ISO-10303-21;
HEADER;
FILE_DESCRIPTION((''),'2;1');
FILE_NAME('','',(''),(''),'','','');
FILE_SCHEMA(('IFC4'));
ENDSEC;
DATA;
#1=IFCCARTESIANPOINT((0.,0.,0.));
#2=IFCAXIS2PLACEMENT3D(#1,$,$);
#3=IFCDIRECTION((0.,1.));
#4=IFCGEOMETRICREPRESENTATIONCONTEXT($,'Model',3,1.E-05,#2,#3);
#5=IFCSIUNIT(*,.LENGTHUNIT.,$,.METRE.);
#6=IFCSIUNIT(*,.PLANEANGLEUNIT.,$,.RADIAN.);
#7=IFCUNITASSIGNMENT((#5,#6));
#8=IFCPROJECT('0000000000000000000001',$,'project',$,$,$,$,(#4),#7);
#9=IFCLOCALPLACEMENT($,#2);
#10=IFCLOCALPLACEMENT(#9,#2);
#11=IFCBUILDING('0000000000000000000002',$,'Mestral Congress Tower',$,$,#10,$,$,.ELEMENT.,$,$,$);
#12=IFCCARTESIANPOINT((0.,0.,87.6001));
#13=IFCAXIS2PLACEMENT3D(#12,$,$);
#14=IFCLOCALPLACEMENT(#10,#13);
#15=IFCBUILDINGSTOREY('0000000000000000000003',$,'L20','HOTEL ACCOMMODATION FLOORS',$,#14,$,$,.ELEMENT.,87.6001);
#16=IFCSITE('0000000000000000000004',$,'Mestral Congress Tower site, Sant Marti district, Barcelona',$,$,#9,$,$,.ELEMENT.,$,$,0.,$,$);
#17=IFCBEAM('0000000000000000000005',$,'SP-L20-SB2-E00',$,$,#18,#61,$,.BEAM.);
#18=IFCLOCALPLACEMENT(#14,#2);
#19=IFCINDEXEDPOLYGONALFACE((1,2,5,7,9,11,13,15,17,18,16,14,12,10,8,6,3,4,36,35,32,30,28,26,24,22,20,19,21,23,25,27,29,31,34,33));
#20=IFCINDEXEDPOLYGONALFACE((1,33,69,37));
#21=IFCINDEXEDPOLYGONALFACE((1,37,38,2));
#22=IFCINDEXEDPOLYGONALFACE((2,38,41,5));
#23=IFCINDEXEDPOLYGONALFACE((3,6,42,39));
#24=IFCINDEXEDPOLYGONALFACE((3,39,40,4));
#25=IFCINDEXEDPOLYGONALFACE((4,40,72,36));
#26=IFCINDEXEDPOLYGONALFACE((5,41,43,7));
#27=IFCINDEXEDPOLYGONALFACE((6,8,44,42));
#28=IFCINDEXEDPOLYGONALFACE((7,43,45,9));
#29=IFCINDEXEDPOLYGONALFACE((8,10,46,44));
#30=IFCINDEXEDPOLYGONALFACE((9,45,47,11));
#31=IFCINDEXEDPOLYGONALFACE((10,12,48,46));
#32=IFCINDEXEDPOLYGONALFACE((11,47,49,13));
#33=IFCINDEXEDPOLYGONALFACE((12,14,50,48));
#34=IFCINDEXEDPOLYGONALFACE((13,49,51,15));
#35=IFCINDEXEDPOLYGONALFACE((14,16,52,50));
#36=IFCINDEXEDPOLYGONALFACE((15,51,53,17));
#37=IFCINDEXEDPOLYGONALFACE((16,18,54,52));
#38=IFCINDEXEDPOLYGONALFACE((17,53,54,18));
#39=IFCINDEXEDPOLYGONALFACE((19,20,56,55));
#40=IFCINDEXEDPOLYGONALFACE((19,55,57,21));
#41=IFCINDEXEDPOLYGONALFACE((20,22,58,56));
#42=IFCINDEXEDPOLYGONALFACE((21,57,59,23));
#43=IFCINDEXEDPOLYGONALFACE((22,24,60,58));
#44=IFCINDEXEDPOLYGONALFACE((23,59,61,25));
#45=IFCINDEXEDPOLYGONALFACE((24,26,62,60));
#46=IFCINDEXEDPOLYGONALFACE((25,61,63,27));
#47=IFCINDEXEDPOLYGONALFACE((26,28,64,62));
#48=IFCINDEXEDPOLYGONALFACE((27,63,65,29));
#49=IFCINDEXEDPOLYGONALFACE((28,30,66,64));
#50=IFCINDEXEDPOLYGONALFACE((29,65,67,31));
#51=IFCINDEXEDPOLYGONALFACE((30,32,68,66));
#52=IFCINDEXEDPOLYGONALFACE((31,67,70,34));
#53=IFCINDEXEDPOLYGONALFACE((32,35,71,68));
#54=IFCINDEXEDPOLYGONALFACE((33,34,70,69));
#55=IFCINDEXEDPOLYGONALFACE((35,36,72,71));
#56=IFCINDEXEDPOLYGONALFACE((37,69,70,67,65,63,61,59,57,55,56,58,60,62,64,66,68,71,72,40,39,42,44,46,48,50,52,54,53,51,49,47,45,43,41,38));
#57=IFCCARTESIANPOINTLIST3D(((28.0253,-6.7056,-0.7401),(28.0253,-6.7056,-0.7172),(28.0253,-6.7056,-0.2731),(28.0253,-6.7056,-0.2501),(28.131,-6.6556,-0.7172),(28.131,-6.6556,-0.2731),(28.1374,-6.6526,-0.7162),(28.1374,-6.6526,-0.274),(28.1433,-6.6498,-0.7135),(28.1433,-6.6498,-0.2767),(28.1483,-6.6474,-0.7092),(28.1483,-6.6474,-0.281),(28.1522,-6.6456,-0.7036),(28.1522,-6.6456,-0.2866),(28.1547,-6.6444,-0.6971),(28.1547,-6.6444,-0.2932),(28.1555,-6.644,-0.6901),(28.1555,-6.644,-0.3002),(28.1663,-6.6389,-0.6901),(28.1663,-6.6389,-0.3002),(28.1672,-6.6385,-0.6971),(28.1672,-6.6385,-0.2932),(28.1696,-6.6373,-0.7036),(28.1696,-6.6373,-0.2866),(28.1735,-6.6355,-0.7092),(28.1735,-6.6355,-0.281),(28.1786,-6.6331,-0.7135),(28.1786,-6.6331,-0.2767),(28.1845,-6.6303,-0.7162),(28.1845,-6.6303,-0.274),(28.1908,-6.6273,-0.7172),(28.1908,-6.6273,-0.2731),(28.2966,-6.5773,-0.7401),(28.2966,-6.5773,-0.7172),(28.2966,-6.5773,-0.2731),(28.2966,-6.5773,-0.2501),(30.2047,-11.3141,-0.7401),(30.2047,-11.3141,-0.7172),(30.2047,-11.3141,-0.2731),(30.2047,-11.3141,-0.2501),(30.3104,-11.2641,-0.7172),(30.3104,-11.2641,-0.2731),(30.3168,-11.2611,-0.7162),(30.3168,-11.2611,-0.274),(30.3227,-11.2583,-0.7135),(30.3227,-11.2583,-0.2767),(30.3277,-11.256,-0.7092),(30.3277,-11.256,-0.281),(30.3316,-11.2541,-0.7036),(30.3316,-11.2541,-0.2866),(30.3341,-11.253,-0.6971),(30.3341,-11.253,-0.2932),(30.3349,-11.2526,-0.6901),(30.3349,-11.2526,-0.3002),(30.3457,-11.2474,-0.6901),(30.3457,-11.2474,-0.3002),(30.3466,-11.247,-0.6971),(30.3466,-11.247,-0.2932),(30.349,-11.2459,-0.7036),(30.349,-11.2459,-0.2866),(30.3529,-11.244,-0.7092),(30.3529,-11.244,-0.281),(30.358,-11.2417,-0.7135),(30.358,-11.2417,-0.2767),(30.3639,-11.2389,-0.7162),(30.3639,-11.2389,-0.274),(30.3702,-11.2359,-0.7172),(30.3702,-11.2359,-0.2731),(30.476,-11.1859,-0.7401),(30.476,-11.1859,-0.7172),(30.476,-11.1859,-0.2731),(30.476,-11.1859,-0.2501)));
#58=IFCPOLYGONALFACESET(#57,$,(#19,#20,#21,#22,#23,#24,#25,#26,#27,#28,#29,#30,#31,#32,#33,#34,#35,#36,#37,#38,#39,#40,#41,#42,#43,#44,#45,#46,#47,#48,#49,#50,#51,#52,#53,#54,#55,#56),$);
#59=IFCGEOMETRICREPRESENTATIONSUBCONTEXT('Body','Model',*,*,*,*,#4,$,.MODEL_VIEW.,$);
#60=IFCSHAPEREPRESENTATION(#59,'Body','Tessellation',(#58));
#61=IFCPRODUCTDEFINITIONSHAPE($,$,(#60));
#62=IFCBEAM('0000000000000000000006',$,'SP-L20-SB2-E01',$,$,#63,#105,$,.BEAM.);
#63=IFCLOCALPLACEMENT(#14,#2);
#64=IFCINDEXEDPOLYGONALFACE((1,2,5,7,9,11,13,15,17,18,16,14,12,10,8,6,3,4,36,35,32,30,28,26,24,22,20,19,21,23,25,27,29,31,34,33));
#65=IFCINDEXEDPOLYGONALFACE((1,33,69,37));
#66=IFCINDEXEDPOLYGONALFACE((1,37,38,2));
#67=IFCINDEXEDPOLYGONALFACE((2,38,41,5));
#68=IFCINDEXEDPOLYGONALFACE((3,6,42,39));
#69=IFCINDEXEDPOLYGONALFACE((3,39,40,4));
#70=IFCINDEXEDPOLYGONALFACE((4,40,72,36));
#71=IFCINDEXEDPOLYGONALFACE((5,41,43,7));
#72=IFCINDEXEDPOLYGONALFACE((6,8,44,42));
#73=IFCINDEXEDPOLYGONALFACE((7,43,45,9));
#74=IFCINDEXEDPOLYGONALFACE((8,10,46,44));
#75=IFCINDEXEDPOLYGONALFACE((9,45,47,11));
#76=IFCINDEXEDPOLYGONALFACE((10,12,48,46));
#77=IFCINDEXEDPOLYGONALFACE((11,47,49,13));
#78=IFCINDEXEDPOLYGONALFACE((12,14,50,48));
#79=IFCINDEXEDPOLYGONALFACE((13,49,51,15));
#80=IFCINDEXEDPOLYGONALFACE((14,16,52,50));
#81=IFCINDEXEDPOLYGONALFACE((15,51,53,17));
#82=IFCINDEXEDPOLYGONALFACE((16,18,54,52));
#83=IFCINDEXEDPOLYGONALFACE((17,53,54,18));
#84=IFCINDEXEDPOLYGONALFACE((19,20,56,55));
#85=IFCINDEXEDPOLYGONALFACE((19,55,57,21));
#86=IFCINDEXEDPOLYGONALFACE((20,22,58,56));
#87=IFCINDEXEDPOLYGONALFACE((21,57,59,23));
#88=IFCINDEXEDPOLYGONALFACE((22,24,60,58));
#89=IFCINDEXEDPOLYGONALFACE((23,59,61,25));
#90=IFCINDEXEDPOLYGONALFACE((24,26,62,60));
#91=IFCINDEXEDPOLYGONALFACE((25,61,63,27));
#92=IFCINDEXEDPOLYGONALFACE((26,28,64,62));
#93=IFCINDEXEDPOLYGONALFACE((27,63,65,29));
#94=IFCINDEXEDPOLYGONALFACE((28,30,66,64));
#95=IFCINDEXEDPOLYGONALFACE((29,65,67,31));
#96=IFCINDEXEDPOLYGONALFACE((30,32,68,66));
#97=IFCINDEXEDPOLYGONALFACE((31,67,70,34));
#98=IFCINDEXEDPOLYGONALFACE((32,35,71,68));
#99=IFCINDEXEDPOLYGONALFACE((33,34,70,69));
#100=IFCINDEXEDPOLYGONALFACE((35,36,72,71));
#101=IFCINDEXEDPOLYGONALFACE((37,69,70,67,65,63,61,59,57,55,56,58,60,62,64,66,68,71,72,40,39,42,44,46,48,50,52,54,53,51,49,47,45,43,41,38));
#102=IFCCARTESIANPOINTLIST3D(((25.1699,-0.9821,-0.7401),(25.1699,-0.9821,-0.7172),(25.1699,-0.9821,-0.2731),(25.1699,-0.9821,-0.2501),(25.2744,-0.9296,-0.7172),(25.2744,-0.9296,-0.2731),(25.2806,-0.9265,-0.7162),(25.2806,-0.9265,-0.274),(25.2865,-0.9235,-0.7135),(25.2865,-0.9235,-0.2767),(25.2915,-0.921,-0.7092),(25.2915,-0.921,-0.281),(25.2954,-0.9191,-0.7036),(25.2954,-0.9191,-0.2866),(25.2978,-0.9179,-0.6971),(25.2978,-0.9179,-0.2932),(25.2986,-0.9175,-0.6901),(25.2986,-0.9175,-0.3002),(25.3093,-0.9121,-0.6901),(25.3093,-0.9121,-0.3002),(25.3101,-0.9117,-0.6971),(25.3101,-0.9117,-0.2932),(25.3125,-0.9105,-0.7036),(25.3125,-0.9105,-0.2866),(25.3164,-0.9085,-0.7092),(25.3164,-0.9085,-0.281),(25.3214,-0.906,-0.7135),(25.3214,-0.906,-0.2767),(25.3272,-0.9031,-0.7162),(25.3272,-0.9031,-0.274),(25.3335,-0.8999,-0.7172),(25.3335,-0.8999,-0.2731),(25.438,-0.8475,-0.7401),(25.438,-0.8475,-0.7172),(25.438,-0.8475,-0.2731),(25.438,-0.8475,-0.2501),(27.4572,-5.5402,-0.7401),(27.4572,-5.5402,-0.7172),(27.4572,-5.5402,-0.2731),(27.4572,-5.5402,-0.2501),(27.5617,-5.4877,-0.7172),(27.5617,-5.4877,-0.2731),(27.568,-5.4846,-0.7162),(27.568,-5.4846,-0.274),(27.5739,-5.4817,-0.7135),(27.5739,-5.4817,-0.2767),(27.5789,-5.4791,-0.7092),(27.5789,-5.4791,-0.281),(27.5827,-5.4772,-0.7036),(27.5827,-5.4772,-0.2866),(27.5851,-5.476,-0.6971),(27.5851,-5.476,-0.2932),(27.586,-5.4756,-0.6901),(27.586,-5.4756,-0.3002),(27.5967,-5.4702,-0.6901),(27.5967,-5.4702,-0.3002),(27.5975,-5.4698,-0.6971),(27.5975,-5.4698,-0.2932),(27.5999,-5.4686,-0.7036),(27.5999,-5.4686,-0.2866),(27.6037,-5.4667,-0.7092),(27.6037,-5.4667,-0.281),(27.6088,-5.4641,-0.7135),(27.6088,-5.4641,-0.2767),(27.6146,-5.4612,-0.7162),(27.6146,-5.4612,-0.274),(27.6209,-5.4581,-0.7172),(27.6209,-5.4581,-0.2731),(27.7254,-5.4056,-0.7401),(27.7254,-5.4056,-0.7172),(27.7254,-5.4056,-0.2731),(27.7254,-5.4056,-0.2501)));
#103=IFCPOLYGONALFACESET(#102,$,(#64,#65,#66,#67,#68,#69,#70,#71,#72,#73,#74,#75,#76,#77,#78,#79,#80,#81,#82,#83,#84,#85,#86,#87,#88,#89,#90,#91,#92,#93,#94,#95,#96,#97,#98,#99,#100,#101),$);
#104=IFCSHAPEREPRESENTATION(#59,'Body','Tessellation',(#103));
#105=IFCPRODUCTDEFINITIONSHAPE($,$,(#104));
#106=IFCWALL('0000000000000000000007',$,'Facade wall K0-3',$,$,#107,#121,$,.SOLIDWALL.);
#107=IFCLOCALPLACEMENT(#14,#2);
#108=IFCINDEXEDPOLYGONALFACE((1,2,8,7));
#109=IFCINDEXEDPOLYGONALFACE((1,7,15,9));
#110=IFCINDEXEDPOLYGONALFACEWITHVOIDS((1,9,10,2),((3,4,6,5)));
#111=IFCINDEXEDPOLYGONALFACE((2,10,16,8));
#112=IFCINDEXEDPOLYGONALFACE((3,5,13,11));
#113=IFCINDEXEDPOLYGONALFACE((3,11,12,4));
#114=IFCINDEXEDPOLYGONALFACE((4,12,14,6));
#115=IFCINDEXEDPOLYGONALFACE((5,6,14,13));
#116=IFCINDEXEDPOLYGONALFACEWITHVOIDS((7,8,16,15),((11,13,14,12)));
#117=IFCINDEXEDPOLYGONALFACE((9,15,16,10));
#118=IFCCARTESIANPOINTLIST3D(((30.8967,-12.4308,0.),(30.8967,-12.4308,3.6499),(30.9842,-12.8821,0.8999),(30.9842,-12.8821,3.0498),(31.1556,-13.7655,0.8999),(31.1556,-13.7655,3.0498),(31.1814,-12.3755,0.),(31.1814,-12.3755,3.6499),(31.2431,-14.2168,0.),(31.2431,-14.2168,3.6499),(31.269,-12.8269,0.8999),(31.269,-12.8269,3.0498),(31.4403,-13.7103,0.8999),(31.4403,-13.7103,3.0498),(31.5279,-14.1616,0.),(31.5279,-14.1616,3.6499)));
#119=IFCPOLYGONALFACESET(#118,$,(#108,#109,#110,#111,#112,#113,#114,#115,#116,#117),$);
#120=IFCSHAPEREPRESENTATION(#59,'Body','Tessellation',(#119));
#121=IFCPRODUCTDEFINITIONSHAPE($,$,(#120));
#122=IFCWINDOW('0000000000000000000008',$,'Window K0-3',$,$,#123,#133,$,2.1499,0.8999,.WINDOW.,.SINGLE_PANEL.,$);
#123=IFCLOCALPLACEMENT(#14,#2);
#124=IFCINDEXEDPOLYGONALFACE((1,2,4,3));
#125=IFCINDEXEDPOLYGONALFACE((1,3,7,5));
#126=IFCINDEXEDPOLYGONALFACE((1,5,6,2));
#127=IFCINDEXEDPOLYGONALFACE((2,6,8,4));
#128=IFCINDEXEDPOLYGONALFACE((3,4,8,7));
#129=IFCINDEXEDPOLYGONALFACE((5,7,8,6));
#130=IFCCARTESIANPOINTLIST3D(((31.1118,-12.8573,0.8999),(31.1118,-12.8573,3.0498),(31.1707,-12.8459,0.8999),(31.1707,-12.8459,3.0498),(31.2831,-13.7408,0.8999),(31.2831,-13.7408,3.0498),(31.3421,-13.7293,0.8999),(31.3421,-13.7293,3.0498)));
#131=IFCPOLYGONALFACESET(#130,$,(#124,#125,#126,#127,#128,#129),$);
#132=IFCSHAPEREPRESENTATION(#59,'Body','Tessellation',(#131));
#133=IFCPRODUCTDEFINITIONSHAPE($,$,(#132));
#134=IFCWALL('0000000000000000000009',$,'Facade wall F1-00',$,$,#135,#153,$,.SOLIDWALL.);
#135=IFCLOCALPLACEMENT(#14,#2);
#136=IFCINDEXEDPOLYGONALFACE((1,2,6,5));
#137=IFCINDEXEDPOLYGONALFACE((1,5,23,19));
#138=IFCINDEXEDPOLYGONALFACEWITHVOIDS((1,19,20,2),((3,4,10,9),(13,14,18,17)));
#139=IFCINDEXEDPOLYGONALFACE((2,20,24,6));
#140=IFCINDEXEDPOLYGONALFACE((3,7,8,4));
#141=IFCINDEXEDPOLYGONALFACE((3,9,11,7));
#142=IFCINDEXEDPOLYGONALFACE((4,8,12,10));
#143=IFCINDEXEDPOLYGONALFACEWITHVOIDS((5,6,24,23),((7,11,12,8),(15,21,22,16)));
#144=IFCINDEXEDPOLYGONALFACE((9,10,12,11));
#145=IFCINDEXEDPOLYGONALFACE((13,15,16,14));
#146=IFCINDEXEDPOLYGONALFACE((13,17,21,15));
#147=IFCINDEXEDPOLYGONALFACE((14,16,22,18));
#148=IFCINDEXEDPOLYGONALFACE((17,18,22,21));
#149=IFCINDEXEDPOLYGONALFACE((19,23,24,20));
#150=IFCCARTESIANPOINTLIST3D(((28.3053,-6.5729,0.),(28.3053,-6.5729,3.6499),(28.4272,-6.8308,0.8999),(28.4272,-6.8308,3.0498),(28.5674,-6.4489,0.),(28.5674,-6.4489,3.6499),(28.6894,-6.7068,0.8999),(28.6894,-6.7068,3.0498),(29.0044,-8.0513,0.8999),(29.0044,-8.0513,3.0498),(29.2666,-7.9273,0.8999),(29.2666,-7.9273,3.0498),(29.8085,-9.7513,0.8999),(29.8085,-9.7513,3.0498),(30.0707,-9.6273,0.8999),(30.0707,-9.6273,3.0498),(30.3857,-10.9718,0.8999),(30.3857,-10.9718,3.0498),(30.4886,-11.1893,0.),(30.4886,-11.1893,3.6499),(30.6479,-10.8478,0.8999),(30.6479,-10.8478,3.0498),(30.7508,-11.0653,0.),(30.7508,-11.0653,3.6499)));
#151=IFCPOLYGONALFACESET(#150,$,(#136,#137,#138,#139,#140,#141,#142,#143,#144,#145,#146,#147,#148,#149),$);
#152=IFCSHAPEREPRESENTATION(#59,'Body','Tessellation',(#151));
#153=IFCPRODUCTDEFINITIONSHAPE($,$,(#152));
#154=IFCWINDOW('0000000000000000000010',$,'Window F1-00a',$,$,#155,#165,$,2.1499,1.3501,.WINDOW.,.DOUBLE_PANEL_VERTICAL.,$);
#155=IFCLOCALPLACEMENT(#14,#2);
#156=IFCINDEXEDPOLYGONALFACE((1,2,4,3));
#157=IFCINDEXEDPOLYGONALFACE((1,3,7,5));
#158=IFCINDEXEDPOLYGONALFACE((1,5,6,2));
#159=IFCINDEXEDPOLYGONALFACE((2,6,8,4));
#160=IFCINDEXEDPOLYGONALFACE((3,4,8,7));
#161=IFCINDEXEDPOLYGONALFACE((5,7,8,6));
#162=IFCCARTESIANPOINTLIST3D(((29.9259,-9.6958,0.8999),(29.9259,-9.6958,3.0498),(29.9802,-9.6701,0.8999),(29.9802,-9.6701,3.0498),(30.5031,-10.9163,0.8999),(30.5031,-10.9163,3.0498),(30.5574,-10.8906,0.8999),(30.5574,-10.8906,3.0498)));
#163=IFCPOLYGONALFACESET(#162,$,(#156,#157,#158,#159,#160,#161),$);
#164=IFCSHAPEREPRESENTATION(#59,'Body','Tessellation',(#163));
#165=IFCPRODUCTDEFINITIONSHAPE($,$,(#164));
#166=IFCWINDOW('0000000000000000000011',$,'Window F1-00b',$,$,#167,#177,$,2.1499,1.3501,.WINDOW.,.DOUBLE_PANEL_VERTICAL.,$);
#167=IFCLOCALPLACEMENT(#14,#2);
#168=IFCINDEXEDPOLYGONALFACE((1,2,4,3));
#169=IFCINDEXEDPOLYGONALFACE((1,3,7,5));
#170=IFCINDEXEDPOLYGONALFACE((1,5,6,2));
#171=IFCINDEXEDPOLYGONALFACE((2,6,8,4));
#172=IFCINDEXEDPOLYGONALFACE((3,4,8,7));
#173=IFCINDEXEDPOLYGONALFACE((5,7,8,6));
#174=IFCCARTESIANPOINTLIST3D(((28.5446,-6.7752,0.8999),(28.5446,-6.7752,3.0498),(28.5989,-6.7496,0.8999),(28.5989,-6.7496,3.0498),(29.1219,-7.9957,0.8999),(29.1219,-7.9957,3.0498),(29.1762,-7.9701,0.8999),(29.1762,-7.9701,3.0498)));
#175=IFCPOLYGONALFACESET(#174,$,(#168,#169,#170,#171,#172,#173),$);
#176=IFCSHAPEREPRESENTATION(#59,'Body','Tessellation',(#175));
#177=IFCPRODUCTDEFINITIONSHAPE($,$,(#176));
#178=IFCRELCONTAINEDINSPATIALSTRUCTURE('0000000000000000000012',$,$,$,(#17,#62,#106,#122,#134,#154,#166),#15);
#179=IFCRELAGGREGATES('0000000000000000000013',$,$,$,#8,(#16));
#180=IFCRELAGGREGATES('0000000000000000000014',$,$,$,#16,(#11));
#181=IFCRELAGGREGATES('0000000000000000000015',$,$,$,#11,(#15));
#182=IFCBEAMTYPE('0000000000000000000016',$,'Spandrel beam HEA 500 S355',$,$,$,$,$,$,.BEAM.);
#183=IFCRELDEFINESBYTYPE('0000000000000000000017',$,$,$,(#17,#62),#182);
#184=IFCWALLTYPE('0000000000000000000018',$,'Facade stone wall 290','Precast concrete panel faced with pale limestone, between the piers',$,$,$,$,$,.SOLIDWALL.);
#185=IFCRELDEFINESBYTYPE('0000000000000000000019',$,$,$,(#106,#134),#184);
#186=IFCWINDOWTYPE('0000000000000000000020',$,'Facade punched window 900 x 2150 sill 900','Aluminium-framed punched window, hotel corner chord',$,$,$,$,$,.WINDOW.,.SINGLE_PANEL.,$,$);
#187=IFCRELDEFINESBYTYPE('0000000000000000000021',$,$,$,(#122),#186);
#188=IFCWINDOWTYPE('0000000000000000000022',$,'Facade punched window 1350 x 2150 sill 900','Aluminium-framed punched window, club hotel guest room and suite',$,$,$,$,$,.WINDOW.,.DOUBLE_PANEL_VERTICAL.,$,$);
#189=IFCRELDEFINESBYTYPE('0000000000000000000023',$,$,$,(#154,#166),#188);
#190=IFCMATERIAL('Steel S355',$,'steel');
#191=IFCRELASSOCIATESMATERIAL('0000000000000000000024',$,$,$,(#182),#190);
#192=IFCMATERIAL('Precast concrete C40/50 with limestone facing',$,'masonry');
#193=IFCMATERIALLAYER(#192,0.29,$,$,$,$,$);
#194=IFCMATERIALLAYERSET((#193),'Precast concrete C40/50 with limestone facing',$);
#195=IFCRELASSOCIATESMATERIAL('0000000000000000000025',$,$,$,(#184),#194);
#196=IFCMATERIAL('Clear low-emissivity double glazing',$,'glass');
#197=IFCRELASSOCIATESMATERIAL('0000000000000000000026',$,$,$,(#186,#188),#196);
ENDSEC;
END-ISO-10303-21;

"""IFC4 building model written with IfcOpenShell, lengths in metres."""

from ifc_helpers import new_model, si_unit, direction, frame, frame_2d, origin, origin_2d, place, context, subcontext, project, spatial, rectangle, i_section, extrude, material, layer, layer_set, material_profile, profile_set, type_object, element, fill, save


model = new_model("IFC4")

# Units and contexts
model_context = context("Model", 3, precision=1e-05, world=origin(), true_north=direction((0.0, 1.0)))
body_context = subcontext(model_context, "Body", "Model", "MODEL_VIEW")
ifc_project = project(units=[si_unit("LENGTHUNIT", "METRE"), si_unit("PLANEANGLEUNIT", "RADIAN")], contexts=[model_context])

# Site, building, storey
site_placement = place(None, origin())
site = spatial("IfcSite", under=ifc_project, at=site_placement, Name="Mestral Congress Tower site, Sant Marti district, Barcelona", CompositionType="ELEMENT", RefElevation=0.0)
building_placement = place(site_placement, origin())
building = spatial("IfcBuilding", under=site, at=building_placement, Name="Mestral Congress Tower", CompositionType="ELEMENT")
storey_placement = place(building_placement, frame((0.0, 0.0, 87.6001)))
storey = spatial("IfcBuildingStorey", under=building, at=storey_placement, Name="L20", Description="HOTEL ACCOMMODATION FLOORS", CompositionType="ELEMENT", Elevation=87.6001)

# Beams
ifc_material_1 = material(Name="Steel S355", Category="steel")
ifc_material_profile_1 = material_profile(ifc_material_1, i_section(OverallWidth=0.3, OverallDepth=0.49, WebThickness=0.012, FlangeThickness=0.0229, FilletRadius=0.0271, at=origin_2d()), Name="HEA 500")
ifc_profile_set_1 = profile_set([ifc_material_profile_1], Name="Steel S355")
beam_type_1 = type_object("IfcBeamType", Name="Spandrel beam HEA 500 S355", PredefinedType="BEAM", material=ifc_profile_set_1)
beam_1_placement = place(storey_placement, frame((30.3403, -11.25, -0.4951), z_axis=(-0.42751, 0.904011, 0.0), x_axis=(-0.904011, -0.42751, 0.0)))
element("IfcBeam", 1, at=beam_1_placement, inside=storey, type_object=beam_type_1, Name="SP-L20-SB2-E00", PredefinedType="BEAM", context=body_context, shape_type="SweptSolid", body=[
    extrude(i_section(OverallWidth=0.3, OverallDepth=0.49, WebThickness=0.012, FlangeThickness=0.0229, FilletRadius=0.0271, at=origin_2d()), origin(), (0.0, 0.0, 1.0), 5.0979),
])
beam_2_placement = place(storey_placement, frame((27.5913, -5.4729, -0.4951), z_axis=(-0.448515, 0.893775, 0.0), x_axis=(-0.893775, -0.448515, 0.0)))
element("IfcBeam", 2, at=beam_2_placement, inside=storey, type_object=beam_type_1, Name="SP-L20-SB2-E01", PredefinedType="BEAM", context=body_context, shape_type="SweptSolid", body=[
    extrude(i_section(OverallWidth=0.3, OverallDepth=0.49, WebThickness=0.012, FlangeThickness=0.0229, FilletRadius=0.0271, at=origin_2d()), origin(), (0.0, 0.0, 1.0), 5.0999),
])

# Wall, opening, window
ifc_material_2 = material(Name="Precast concrete C40/50 with limestone facing", Category="masonry")
ifc_layer_1 = layer(ifc_material_2, 0.29)
ifc_layer_set_1 = layer_set([ifc_layer_1], Name="Precast concrete C40/50 with limestone facing")
wall_type_1 = type_object("IfcWallType", Name="Facade stone wall 290", Description="Precast concrete panel faced with pale limestone, between the piers", PredefinedType="SOLIDWALL", material=ifc_layer_set_1)
wall_1_placement = place(storey_placement, frame((31.3855, -14.1892, 0.0), z_axis=(0.0, 0.0, 1.0), x_axis=(-0.19041, 0.981705, 0.0)))
wall_1 = element("IfcWall", 3, at=wall_1_placement, inside=storey, type_object=wall_type_1, Name="Facade wall K0-3", PredefinedType="SOLIDWALL", context=body_context, shape_type="SweptSolid", body=[
    extrude(rectangle(XDim=1.8193, YDim=0.29, at=frame_2d((0.9097, 0.0))), origin(), (0.0, 0.0, 1.0), 3.6499),
])
opening_1_placement = place(wall_1_placement, frame((0.4597, 0.0, 0.8999)))
opening_1 = element("IfcOpeningElement", 4, at=opening_1_placement, cuts=wall_1, PredefinedType="OPENING", context=body_context, shape_type="SweptSolid", body=[
    extrude(rectangle(XDim=0.8999, YDim=2.1499, at=frame_2d((0.45, 1.075))), frame((0.0, 0.155, 0.0), z_axis=(0.0, -1.0, 0.0), x_axis=(1.0, 0.0, 0.0)), (0.0, 0.0, 1.0), 0.3101),
])
ifc_material_3 = material(Name="Clear low-emissivity double glazing", Category="glass")
window_type_1 = type_object("IfcWindowType", Name="Facade punched window 900 x 2150 sill 900", Description="Aluminium-framed punched window, hotel corner chord", PartitioningType="SINGLE_PANEL", PredefinedType="WINDOW", material=ifc_material_3)
window_1_placement = place(opening_1_placement, origin())
window_1 = element("IfcWindow", 5, at=window_1_placement, inside=storey, type_object=window_type_1, Name="Window K0-3", OverallHeight=2.1499, OverallWidth=0.8999, PartitioningType="SINGLE_PANEL", PredefinedType="WINDOW", context=body_context, shape_type="SweptSolid", body=[
    extrude(rectangle(XDim=0.8999, YDim=2.1499, at=frame_2d((0.45, 1.075))), frame((0.0, 0.0151, 0.0), z_axis=(0.0, -1.0, 0.0), x_axis=(1.0, 0.0, 0.0)), (0.0, 0.0, 1.0), 0.0601),
])
fill(opening_1, window_1)

# Wall, openings, windows
wall_2_placement = place(storey_placement, frame((30.6196, -11.1272, 0.0), z_axis=(0.0, 0.0, 1.0), x_axis=(-0.427544, 0.903995, 0.0)))
wall_2 = element("IfcWall", 6, at=wall_2_placement, inside=storey, type_object=wall_type_1, Name="Facade wall F1-00", PredefinedType="SOLIDWALL", context=body_context, shape_type="SweptSolid", body=[
    extrude(rectangle(XDim=5.1067, YDim=0.29, at=frame_2d((2.5532, 0.0))), origin(), (0.0, 0.0, 1.0), 3.6499),
])
opening_2_placement = place(wall_2_placement, frame((0.2405, 0.0, 0.8999)))
opening_2 = element("IfcOpeningElement", 7, at=opening_2_placement, cuts=wall_2, PredefinedType="OPENING", context=body_context, shape_type="SweptSolid", body=[
    extrude(rectangle(XDim=1.3501, YDim=2.1499, at=frame_2d((0.675, 1.075))), frame((0.0, 0.155, 0.0), z_axis=(0.0, -1.0, 0.0), x_axis=(1.0, 0.0, 0.0)), (0.0, 0.0, 1.0), 0.3101),
])
opening_3_placement = place(wall_2_placement, frame((3.4712, 0.0, 0.8999)))
opening_3 = element("IfcOpeningElement", 8, at=opening_3_placement, cuts=wall_2, PredefinedType="OPENING", context=body_context, shape_type="SweptSolid", body=[
    extrude(rectangle(XDim=1.3501, YDim=2.1499, at=frame_2d((0.675, 1.075))), frame((0.0, 0.155, 0.0), z_axis=(0.0, -1.0, 0.0), x_axis=(1.0, 0.0, 0.0)), (0.0, 0.0, 1.0), 0.3101),
])
window_type_2 = type_object("IfcWindowType", Name="Facade punched window 1350 x 2150 sill 900", Description="Aluminium-framed punched window, club hotel guest room and suite", PartitioningType="DOUBLE_PANEL_VERTICAL", PredefinedType="WINDOW", material=ifc_material_3)
window_2_placement = place(opening_2_placement, origin())
window_2 = element("IfcWindow", 9, at=window_2_placement, inside=storey, type_object=window_type_2, Name="Window F1-00a", OverallHeight=2.1499, OverallWidth=1.3501, PartitioningType="DOUBLE_PANEL_VERTICAL", PredefinedType="WINDOW", context=body_context, shape_type="SweptSolid", body=[
    extrude(rectangle(XDim=1.3501, YDim=2.1499, at=frame_2d((0.675, 1.075))), frame((0.0, 0.0151, 0.0), z_axis=(0.0, -1.0, 0.0), x_axis=(1.0, 0.0, 0.0)), (0.0, 0.0, 1.0), 0.0601),
])
fill(opening_2, window_2)
window_3_placement = place(opening_3_placement, origin())
window_3 = element("IfcWindow", 10, at=window_3_placement, inside=storey, type_object=window_type_2, Name="Window F1-00b", OverallHeight=2.1499, OverallWidth=1.3501, PartitioningType="DOUBLE_PANEL_VERTICAL", PredefinedType="WINDOW", context=body_context, shape_type="SweptSolid", body=[
    extrude(rectangle(XDim=1.3501, YDim=2.1499, at=frame_2d((0.675, 1.075))), frame((0.0, 0.0151, 0.0), z_axis=(0.0, -1.0, 0.0), x_axis=(1.0, 0.0, 0.0)), (0.0, 0.0, 1.0), 0.0601),
])
fill(opening_3, window_3)

save(model, "model.ifc")
